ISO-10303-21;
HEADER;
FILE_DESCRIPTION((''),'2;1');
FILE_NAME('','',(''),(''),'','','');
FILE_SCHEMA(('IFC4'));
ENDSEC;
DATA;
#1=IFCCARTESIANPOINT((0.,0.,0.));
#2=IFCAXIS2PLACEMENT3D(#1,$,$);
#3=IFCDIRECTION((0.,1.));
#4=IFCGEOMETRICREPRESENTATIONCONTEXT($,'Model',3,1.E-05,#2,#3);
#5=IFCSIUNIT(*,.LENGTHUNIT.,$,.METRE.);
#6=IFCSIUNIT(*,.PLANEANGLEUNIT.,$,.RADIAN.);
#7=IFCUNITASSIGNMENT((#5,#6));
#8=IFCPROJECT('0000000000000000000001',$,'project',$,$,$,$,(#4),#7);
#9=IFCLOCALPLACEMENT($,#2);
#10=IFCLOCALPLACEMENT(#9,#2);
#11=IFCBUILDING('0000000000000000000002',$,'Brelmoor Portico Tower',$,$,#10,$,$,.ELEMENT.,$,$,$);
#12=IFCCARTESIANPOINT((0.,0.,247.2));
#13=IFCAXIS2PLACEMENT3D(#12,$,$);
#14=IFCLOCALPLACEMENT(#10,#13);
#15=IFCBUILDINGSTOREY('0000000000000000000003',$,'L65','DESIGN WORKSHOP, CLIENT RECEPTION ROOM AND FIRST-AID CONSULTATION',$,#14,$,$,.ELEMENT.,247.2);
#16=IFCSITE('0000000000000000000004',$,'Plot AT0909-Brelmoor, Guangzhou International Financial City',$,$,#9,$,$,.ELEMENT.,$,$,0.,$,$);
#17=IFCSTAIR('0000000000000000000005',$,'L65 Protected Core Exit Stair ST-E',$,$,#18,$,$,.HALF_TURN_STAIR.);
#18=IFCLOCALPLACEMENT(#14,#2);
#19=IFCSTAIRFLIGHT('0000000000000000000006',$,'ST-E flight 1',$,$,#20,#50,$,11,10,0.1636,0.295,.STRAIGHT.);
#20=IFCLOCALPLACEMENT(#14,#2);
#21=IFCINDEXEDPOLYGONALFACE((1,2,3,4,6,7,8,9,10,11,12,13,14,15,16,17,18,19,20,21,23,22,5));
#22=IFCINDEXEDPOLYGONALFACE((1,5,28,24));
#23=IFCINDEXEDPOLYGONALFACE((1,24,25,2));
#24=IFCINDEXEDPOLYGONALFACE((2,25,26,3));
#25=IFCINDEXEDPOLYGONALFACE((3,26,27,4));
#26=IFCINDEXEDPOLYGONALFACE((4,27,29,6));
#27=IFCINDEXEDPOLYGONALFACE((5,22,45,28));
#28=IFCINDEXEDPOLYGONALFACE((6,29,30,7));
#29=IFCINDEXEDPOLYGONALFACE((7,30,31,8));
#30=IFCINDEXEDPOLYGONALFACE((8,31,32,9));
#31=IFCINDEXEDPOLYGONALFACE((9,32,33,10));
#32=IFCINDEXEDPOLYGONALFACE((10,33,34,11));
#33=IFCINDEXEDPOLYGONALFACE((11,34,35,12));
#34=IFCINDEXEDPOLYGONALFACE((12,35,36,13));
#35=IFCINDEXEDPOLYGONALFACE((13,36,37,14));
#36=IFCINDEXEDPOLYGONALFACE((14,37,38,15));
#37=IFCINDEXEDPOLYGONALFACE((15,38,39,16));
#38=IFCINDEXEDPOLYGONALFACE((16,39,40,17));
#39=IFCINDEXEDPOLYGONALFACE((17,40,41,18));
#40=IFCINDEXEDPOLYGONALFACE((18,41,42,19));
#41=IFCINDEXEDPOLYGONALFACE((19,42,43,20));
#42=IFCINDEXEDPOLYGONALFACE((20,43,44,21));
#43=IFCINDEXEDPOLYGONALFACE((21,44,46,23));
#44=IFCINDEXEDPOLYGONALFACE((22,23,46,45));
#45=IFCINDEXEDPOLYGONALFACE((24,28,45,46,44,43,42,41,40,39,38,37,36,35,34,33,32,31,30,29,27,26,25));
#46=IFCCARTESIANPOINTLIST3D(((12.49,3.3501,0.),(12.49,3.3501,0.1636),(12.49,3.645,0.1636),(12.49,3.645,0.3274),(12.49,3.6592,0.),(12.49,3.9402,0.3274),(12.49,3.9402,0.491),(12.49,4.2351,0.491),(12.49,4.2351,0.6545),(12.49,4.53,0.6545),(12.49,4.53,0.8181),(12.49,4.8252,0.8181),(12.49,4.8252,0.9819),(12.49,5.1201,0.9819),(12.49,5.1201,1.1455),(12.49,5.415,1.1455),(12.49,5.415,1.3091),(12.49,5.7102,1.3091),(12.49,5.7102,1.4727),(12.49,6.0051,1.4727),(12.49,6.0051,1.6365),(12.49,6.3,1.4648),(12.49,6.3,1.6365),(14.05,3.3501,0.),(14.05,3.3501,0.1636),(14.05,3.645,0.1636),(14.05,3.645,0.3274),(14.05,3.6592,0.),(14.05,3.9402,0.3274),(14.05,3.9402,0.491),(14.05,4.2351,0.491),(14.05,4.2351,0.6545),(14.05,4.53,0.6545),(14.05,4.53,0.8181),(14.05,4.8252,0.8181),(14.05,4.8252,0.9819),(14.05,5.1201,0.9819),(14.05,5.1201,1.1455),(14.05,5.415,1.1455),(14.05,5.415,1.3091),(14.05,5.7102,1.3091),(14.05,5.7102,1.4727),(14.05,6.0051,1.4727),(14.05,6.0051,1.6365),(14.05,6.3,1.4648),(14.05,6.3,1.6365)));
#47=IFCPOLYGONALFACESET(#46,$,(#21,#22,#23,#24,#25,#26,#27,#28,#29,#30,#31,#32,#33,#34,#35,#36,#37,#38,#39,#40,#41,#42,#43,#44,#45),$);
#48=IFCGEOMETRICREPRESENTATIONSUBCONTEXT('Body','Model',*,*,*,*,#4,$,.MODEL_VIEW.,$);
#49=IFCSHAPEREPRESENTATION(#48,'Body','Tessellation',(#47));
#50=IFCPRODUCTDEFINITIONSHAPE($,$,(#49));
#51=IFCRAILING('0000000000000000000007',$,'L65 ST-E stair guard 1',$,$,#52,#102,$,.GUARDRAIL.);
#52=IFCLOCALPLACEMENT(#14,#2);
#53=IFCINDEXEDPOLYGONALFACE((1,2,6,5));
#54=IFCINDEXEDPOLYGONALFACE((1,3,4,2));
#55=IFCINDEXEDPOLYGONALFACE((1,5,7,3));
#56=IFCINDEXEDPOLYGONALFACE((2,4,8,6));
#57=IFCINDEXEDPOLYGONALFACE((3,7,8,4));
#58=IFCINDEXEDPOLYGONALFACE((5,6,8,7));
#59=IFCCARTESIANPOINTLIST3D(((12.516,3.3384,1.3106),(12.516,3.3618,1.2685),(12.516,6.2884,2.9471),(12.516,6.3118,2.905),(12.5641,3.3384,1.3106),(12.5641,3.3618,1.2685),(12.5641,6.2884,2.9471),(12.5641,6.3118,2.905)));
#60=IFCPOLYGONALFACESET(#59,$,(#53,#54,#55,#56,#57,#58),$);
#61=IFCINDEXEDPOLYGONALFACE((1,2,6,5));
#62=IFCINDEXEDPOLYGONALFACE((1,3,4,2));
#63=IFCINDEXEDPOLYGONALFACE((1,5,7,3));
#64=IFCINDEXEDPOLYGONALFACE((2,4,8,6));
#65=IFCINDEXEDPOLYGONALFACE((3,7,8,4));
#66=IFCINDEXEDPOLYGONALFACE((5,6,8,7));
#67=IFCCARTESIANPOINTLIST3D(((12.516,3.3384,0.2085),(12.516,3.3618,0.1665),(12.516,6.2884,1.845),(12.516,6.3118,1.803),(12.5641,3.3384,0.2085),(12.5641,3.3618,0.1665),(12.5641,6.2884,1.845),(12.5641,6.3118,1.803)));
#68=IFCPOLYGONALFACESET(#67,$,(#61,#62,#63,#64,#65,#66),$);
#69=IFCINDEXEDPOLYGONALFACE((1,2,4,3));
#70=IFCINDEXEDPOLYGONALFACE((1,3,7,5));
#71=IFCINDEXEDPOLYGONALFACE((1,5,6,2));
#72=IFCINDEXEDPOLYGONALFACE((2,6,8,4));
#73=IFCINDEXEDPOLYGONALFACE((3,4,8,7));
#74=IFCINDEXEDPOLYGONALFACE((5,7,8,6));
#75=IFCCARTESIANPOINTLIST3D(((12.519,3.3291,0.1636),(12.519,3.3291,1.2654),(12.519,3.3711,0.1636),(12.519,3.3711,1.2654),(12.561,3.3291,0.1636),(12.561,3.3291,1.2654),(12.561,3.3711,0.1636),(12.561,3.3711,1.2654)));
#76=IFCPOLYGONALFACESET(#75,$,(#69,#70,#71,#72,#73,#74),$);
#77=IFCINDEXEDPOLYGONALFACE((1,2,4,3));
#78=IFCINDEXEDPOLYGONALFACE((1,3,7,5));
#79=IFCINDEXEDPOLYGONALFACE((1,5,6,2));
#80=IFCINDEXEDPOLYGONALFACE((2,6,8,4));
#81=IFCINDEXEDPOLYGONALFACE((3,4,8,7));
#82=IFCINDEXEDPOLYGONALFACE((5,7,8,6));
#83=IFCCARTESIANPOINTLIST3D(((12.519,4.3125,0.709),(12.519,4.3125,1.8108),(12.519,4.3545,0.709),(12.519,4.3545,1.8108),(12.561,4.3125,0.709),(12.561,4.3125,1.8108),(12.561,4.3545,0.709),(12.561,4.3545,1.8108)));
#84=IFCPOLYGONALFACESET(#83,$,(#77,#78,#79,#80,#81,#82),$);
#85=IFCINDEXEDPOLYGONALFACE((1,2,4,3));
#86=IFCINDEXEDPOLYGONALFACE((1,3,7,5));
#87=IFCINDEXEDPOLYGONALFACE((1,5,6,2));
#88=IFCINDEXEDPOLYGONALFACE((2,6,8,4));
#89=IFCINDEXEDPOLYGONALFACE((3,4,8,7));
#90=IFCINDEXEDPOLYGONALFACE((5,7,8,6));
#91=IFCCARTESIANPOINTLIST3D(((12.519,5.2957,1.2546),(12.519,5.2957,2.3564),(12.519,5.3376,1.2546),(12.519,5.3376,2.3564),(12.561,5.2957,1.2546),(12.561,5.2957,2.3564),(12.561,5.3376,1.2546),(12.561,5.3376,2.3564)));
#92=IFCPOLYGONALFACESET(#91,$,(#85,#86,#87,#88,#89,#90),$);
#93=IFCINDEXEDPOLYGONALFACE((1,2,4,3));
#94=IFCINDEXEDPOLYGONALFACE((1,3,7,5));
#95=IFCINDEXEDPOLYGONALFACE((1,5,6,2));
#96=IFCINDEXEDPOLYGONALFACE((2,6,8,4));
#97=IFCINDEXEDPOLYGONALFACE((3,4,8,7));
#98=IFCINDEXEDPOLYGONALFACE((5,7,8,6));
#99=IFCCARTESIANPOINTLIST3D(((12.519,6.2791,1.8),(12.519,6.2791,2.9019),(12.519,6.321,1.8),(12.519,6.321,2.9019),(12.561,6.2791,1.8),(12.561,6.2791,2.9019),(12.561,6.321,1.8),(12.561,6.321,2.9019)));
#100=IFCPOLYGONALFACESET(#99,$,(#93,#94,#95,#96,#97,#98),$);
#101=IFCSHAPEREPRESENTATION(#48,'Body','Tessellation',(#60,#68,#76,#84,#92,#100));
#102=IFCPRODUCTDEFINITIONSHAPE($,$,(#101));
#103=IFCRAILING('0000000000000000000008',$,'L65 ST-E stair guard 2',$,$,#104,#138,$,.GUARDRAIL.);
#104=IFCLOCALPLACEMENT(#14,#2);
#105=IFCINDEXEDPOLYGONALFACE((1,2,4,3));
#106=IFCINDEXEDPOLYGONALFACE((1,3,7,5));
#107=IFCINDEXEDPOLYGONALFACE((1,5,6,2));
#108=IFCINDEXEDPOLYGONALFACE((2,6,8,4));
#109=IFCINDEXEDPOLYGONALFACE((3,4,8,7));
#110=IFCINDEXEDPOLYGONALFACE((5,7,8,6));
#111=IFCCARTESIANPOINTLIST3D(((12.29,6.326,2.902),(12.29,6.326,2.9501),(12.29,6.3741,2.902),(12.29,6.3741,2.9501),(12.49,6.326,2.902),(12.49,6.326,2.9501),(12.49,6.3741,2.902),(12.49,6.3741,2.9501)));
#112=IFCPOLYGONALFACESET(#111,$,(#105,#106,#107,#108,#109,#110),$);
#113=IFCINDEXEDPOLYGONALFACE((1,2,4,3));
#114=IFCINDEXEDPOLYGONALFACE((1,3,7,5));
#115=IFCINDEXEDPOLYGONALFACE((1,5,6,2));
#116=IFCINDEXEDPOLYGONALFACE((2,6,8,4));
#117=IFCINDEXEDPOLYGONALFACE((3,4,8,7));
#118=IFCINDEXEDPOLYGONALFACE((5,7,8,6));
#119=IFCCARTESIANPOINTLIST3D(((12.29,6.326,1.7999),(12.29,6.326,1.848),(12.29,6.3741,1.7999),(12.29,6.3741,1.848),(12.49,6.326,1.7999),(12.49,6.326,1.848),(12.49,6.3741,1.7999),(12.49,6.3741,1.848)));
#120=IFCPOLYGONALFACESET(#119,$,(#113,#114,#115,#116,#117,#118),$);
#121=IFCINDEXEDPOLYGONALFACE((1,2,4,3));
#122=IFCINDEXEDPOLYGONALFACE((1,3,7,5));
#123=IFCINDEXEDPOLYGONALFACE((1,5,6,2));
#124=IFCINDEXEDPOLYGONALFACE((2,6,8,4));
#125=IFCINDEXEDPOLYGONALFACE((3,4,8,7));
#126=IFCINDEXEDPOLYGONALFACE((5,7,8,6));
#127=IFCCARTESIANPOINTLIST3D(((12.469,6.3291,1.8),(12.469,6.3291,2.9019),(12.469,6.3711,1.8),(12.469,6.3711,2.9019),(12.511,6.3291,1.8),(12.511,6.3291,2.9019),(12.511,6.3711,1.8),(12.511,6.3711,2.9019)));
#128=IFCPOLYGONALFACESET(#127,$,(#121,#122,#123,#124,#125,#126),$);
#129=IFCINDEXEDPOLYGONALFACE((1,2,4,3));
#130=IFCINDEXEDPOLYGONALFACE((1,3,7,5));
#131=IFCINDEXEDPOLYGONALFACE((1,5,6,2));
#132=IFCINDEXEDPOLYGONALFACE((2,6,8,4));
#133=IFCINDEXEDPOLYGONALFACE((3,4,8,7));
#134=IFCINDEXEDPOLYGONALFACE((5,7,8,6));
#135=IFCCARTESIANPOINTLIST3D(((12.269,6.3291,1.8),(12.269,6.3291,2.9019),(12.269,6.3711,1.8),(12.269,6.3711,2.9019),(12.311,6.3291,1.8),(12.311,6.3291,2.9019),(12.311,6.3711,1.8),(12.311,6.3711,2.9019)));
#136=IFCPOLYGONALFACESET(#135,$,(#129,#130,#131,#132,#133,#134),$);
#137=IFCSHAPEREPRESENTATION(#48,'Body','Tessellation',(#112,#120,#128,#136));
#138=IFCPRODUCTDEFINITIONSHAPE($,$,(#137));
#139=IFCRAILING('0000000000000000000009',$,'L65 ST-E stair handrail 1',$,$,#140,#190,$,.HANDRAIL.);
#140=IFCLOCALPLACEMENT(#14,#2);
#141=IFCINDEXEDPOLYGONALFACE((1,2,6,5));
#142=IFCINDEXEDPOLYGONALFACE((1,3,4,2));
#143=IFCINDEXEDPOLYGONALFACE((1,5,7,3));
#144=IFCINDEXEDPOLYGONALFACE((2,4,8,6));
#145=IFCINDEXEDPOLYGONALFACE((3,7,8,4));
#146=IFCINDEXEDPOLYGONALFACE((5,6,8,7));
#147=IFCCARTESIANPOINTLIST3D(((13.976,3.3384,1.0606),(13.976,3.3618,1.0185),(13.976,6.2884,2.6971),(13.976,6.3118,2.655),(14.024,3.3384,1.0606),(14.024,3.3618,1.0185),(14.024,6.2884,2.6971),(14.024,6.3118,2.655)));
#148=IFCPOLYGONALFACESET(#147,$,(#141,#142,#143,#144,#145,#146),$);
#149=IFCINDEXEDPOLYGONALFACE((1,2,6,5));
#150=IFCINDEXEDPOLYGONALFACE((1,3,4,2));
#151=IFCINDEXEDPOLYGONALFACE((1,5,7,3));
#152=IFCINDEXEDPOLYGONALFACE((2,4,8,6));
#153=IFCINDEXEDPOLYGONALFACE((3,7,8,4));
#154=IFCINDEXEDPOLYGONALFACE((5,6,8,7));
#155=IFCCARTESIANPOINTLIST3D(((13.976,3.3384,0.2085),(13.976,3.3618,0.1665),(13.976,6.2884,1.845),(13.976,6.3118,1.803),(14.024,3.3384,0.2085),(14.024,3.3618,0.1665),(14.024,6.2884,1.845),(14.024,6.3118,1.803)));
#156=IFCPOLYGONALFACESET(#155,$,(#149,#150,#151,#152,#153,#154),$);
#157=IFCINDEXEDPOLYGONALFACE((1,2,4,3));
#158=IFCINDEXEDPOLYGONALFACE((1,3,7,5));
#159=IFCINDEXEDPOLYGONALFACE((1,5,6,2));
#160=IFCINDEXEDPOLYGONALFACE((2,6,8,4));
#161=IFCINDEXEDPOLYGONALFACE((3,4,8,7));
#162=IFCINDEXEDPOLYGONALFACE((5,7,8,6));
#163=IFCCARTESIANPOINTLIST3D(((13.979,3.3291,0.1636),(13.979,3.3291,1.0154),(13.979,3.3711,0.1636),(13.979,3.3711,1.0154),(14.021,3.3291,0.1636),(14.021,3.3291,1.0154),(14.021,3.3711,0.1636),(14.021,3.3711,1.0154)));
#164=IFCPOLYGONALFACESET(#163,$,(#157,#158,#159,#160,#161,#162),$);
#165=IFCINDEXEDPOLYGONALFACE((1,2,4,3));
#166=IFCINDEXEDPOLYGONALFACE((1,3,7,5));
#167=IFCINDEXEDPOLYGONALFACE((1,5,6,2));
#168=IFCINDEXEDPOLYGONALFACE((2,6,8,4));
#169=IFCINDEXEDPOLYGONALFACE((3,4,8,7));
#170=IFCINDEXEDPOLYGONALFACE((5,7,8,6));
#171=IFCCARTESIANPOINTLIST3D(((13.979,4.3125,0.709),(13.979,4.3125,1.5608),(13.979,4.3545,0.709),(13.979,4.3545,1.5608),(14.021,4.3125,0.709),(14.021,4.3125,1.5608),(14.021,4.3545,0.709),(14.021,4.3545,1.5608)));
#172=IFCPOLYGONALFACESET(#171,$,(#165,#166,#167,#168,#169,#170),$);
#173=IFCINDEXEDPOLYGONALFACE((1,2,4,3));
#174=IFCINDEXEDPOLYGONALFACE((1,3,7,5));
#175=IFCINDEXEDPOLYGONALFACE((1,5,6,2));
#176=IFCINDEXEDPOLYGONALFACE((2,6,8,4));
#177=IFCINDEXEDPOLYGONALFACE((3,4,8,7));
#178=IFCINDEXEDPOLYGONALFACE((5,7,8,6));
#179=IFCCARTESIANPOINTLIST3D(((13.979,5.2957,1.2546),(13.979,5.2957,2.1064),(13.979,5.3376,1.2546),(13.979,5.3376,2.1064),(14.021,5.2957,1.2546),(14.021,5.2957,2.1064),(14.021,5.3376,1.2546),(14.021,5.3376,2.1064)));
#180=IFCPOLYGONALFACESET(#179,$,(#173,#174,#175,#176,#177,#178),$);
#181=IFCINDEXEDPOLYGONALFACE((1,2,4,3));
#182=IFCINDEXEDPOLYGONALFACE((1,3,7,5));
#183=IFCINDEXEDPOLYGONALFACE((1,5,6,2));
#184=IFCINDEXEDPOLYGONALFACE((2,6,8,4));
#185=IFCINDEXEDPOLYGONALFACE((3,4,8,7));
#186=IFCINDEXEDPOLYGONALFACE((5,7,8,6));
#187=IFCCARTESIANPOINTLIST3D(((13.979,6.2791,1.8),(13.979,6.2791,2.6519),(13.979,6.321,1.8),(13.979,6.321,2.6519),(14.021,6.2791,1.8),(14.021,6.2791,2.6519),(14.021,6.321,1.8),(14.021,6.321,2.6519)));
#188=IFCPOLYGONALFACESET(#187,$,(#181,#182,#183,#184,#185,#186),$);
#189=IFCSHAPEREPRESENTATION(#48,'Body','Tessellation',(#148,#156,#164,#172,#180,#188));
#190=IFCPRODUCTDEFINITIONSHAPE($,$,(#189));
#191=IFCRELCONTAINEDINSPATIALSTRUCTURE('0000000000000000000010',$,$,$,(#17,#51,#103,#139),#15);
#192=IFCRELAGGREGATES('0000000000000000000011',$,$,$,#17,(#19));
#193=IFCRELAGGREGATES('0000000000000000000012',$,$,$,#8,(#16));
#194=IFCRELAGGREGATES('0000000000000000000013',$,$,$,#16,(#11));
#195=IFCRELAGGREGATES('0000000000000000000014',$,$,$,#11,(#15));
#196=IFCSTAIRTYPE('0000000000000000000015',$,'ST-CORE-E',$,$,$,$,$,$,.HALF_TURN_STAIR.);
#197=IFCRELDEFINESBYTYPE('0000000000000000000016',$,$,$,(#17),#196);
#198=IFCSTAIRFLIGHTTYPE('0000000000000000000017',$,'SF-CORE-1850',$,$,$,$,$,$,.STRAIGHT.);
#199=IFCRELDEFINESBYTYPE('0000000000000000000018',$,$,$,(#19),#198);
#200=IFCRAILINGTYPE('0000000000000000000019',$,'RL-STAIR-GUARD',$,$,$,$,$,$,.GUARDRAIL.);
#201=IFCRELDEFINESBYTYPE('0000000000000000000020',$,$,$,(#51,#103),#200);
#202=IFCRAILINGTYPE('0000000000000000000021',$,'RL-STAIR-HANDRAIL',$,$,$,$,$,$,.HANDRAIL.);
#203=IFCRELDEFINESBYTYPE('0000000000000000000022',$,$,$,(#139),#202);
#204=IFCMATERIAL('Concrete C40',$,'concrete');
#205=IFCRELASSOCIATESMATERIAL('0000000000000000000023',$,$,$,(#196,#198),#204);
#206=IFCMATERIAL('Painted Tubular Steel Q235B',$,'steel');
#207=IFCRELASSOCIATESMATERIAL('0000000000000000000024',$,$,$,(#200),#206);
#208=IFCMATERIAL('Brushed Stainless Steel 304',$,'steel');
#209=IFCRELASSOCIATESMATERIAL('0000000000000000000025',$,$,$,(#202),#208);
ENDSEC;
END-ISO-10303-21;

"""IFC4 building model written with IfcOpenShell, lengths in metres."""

from ifc_helpers import new_model, si_unit, direction, frame, origin, origin_2d, place, context, subcontext, project, spatial, polyline, rectangle, outline, extrude, material, type_object, element, aggregate, save


model = new_model("IFC4")

# Units and contexts
model_context = context("Model", 3, precision=1e-05, world=origin(), true_north=direction((0.0, 1.0)))
body_context = subcontext(model_context, "Body", "Model", "MODEL_VIEW")
ifc_project = project(units=[si_unit("LENGTHUNIT", "METRE"), si_unit("PLANEANGLEUNIT", "RADIAN")], contexts=[model_context])

# Site, building, storey
site_placement = place(None, origin())
site = spatial("IfcSite", under=ifc_project, at=site_placement, Name="Plot AT0909-Brelmoor, Guangzhou International Financial City", CompositionType="ELEMENT", RefElevation=0.0)
building_placement = place(site_placement, origin())
building = spatial("IfcBuilding", under=site, at=building_placement, Name="Brelmoor Portico Tower", CompositionType="ELEMENT")
storey_placement = place(building_placement, frame((0.0, 0.0, 247.2)))
storey = spatial("IfcBuildingStorey", under=building, at=storey_placement, Name="L65", Description="DESIGN WORKSHOP, CLIENT RECEPTION ROOM AND FIRST-AID CONSULTATION", CompositionType="ELEMENT", Elevation=247.2)

# Shared definitions
ifc_material_1 = material(Name="Concrete C40", Category="concrete")

# Stair, stair flight
stair_type = type_object("IfcStairType", Name="ST-CORE-E", PredefinedType="HALF_TURN_STAIR", material=ifc_material_1)
stair_placement = place(storey_placement, origin())
stair = element("IfcStair", 1, at=stair_placement, inside=storey, type_object=stair_type, Name="L65 Protected Core Exit Stair ST-E", PredefinedType="HALF_TURN_STAIR")
stair_flight_type = type_object("IfcStairFlightType", Name="SF-CORE-1850", PredefinedType="STRAIGHT", material=ifc_material_1)
stair_flight_placement = place(storey_placement, frame((13.27, 3.3501, 0.0), z_axis=(0.0, 0.0, 1.0), x_axis=(0.0, 1.0, 0.0)))
stair_flight = element("IfcStairFlight", 2, at=stair_flight_placement, type_object=stair_flight_type, Name="ST-E flight 1", NumberOfRisers=11, NumberOfTreads=10, PredefinedType="STRAIGHT", RiserHeight=0.1636, TreadLength=0.295, context=body_context, shape_type="SweptSolid", body=[
    extrude(outline(polyline([(0.0, 0.0), (0.0, 0.1636), (0.2949, 0.1636), (0.2949, 0.3274), (0.5901, 0.3274), (0.5901, 0.491), (0.885, 0.491), (0.885, 0.6545), (1.1799, 0.6545), (1.1799, 0.8181), (1.4751, 0.8181), (1.4751, 0.9819), (1.77, 0.9819), (1.77, 1.1455), (2.0649, 1.1455), (2.0649, 1.3091), (2.3601, 1.3091), (2.3601, 1.4727), (2.655, 1.4727), (2.655, 1.6365), (2.95, 1.6365), (2.95, 1.8), (2.95, 1.4648), (0.3091, 0.0), (0.0, 0.0)])), frame((0.0, 0.78, 0.0), z_axis=(0.0, -1.0, 0.0), x_axis=(1.0, 0.0, 0.0)), (0.0, 0.0, 1.0), 1.5601),
])
aggregate(stair, [stair_flight])

# Railings
ifc_material_2 = material(Name="Painted Tubular Steel Q235B", Category="steel")
railing_type_1 = type_object("IfcRailingType", Name="RL-STAIR-GUARD", PredefinedType="GUARDRAIL", material=ifc_material_2)
railing_1_placement = place(storey_placement, frame((12.54, 3.3501, 0.1636)))
element("IfcRailing", 3, at=railing_1_placement, inside=storey, type_object=railing_type_1, Name="L65 ST-E stair guard 1", PredefinedType="GUARDRAIL", context=body_context, shape_type="SweptSolid", body=[
    extrude(rectangle(XDim=0.0481, YDim=0.0481, at=origin_2d()), frame((0.0, 0.0, 1.126), z_axis=(0.0, 0.874458, 0.485102), x_axis=(-1.0, 0.0, 0.0)), (0.0, 0.0, 1.0), 3.3735),
    extrude(rectangle(XDim=0.0481, YDim=0.0481, at=origin_2d()), frame((0.0, 0.0, 0.0239), z_axis=(0.0, 0.874458, 0.485102), x_axis=(-1.0, 0.0, 0.0)), (0.0, 0.0, 1.0), 3.3735),
    extrude(rectangle(XDim=0.042, YDim=0.042, at=origin_2d()), origin(), (0.0, 0.0, 1.0), 1.1018),
    extrude(rectangle(XDim=0.042, YDim=0.042, at=origin_2d()), frame((0.0, 0.9834, 0.5454)), (0.0, 0.0, 1.0), 1.1018),
    extrude(rectangle(XDim=0.042, YDim=0.042, at=origin_2d()), frame((0.0, 1.9666, 1.0911)), (0.0, 0.0, 1.0), 1.1018),
    extrude(rectangle(XDim=0.042, YDim=0.042, at=origin_2d()), frame((0.0, 2.95, 1.6365)), (0.0, 0.0, 1.0), 1.1018),
])
railing_2_placement = place(storey_placement, frame((12.49, 6.3501, 1.8)))
element("IfcRailing", 4, at=railing_2_placement, inside=storey, type_object=railing_type_1, Name="L65 ST-E stair guard 2", PredefinedType="GUARDRAIL", context=body_context, shape_type="SweptSolid", body=[
    extrude(rectangle(XDim=0.0481, YDim=0.0481, at=origin_2d()), frame((0.0, 0.0, 1.126), z_axis=(-1.0, 0.0, 0.0), x_axis=(0.0, -1.0, 0.0)), (0.0, 0.0, 1.0), 0.2),
    extrude(rectangle(XDim=0.0481, YDim=0.0481, at=origin_2d()), frame((0.0, 0.0, 0.0239), z_axis=(-1.0, 0.0, 0.0), x_axis=(0.0, -1.0, 0.0)), (0.0, 0.0, 1.0), 0.2),
    extrude(rectangle(XDim=0.042, YDim=0.042, at=origin_2d()), origin(), (0.0, 0.0, 1.0), 1.1018),
    extrude(rectangle(XDim=0.042, YDim=0.042, at=origin_2d()), frame((-0.2, 0.0, 0.0)), (0.0, 0.0, 1.0), 1.1018),
])
ifc_material_3 = material(Name="Brushed Stainless Steel 304", Category="steel")
railing_type_2 = type_object("IfcRailingType", Name="RL-STAIR-HANDRAIL", PredefinedType="HANDRAIL", material=ifc_material_3)
railing_3_placement = place(storey_placement, frame((14.0, 3.3501, 0.1636)))
element("IfcRailing", 5, at=railing_3_placement, inside=storey, type_object=railing_type_2, Name="L65 ST-E stair handrail 1", PredefinedType="HANDRAIL", context=body_context, shape_type="SweptSolid", body=[
    extrude(rectangle(XDim=0.0481, YDim=0.0481, at=origin_2d()), frame((0.0, 0.0, 0.876), z_axis=(0.0, 0.874458, 0.485102), x_axis=(-1.0, 0.0, 0.0)), (0.0, 0.0, 1.0), 3.3735),
    extrude(rectangle(XDim=0.0481, YDim=0.0481, at=origin_2d()), frame((0.0, 0.0, 0.0239), z_axis=(0.0, 0.874458, 0.485102), x_axis=(-1.0, 0.0, 0.0)), (0.0, 0.0, 1.0), 3.3735),
    extrude(rectangle(XDim=0.042, YDim=0.042, at=origin_2d()), origin(), (0.0, 0.0, 1.0), 0.8518),
    extrude(rectangle(XDim=0.042, YDim=0.042, at=origin_2d()), frame((0.0, 0.9834, 0.5454)), (0.0, 0.0, 1.0), 0.8518),
    extrude(rectangle(XDim=0.042, YDim=0.042, at=origin_2d()), frame((0.0, 1.9666, 1.0911)), (0.0, 0.0, 1.0), 0.8518),
    extrude(rectangle(XDim=0.042, YDim=0.042, at=origin_2d()), frame((0.0, 2.95, 1.6365)), (0.0, 0.0, 1.0), 0.8518),
])

save(model, "model.ifc")
